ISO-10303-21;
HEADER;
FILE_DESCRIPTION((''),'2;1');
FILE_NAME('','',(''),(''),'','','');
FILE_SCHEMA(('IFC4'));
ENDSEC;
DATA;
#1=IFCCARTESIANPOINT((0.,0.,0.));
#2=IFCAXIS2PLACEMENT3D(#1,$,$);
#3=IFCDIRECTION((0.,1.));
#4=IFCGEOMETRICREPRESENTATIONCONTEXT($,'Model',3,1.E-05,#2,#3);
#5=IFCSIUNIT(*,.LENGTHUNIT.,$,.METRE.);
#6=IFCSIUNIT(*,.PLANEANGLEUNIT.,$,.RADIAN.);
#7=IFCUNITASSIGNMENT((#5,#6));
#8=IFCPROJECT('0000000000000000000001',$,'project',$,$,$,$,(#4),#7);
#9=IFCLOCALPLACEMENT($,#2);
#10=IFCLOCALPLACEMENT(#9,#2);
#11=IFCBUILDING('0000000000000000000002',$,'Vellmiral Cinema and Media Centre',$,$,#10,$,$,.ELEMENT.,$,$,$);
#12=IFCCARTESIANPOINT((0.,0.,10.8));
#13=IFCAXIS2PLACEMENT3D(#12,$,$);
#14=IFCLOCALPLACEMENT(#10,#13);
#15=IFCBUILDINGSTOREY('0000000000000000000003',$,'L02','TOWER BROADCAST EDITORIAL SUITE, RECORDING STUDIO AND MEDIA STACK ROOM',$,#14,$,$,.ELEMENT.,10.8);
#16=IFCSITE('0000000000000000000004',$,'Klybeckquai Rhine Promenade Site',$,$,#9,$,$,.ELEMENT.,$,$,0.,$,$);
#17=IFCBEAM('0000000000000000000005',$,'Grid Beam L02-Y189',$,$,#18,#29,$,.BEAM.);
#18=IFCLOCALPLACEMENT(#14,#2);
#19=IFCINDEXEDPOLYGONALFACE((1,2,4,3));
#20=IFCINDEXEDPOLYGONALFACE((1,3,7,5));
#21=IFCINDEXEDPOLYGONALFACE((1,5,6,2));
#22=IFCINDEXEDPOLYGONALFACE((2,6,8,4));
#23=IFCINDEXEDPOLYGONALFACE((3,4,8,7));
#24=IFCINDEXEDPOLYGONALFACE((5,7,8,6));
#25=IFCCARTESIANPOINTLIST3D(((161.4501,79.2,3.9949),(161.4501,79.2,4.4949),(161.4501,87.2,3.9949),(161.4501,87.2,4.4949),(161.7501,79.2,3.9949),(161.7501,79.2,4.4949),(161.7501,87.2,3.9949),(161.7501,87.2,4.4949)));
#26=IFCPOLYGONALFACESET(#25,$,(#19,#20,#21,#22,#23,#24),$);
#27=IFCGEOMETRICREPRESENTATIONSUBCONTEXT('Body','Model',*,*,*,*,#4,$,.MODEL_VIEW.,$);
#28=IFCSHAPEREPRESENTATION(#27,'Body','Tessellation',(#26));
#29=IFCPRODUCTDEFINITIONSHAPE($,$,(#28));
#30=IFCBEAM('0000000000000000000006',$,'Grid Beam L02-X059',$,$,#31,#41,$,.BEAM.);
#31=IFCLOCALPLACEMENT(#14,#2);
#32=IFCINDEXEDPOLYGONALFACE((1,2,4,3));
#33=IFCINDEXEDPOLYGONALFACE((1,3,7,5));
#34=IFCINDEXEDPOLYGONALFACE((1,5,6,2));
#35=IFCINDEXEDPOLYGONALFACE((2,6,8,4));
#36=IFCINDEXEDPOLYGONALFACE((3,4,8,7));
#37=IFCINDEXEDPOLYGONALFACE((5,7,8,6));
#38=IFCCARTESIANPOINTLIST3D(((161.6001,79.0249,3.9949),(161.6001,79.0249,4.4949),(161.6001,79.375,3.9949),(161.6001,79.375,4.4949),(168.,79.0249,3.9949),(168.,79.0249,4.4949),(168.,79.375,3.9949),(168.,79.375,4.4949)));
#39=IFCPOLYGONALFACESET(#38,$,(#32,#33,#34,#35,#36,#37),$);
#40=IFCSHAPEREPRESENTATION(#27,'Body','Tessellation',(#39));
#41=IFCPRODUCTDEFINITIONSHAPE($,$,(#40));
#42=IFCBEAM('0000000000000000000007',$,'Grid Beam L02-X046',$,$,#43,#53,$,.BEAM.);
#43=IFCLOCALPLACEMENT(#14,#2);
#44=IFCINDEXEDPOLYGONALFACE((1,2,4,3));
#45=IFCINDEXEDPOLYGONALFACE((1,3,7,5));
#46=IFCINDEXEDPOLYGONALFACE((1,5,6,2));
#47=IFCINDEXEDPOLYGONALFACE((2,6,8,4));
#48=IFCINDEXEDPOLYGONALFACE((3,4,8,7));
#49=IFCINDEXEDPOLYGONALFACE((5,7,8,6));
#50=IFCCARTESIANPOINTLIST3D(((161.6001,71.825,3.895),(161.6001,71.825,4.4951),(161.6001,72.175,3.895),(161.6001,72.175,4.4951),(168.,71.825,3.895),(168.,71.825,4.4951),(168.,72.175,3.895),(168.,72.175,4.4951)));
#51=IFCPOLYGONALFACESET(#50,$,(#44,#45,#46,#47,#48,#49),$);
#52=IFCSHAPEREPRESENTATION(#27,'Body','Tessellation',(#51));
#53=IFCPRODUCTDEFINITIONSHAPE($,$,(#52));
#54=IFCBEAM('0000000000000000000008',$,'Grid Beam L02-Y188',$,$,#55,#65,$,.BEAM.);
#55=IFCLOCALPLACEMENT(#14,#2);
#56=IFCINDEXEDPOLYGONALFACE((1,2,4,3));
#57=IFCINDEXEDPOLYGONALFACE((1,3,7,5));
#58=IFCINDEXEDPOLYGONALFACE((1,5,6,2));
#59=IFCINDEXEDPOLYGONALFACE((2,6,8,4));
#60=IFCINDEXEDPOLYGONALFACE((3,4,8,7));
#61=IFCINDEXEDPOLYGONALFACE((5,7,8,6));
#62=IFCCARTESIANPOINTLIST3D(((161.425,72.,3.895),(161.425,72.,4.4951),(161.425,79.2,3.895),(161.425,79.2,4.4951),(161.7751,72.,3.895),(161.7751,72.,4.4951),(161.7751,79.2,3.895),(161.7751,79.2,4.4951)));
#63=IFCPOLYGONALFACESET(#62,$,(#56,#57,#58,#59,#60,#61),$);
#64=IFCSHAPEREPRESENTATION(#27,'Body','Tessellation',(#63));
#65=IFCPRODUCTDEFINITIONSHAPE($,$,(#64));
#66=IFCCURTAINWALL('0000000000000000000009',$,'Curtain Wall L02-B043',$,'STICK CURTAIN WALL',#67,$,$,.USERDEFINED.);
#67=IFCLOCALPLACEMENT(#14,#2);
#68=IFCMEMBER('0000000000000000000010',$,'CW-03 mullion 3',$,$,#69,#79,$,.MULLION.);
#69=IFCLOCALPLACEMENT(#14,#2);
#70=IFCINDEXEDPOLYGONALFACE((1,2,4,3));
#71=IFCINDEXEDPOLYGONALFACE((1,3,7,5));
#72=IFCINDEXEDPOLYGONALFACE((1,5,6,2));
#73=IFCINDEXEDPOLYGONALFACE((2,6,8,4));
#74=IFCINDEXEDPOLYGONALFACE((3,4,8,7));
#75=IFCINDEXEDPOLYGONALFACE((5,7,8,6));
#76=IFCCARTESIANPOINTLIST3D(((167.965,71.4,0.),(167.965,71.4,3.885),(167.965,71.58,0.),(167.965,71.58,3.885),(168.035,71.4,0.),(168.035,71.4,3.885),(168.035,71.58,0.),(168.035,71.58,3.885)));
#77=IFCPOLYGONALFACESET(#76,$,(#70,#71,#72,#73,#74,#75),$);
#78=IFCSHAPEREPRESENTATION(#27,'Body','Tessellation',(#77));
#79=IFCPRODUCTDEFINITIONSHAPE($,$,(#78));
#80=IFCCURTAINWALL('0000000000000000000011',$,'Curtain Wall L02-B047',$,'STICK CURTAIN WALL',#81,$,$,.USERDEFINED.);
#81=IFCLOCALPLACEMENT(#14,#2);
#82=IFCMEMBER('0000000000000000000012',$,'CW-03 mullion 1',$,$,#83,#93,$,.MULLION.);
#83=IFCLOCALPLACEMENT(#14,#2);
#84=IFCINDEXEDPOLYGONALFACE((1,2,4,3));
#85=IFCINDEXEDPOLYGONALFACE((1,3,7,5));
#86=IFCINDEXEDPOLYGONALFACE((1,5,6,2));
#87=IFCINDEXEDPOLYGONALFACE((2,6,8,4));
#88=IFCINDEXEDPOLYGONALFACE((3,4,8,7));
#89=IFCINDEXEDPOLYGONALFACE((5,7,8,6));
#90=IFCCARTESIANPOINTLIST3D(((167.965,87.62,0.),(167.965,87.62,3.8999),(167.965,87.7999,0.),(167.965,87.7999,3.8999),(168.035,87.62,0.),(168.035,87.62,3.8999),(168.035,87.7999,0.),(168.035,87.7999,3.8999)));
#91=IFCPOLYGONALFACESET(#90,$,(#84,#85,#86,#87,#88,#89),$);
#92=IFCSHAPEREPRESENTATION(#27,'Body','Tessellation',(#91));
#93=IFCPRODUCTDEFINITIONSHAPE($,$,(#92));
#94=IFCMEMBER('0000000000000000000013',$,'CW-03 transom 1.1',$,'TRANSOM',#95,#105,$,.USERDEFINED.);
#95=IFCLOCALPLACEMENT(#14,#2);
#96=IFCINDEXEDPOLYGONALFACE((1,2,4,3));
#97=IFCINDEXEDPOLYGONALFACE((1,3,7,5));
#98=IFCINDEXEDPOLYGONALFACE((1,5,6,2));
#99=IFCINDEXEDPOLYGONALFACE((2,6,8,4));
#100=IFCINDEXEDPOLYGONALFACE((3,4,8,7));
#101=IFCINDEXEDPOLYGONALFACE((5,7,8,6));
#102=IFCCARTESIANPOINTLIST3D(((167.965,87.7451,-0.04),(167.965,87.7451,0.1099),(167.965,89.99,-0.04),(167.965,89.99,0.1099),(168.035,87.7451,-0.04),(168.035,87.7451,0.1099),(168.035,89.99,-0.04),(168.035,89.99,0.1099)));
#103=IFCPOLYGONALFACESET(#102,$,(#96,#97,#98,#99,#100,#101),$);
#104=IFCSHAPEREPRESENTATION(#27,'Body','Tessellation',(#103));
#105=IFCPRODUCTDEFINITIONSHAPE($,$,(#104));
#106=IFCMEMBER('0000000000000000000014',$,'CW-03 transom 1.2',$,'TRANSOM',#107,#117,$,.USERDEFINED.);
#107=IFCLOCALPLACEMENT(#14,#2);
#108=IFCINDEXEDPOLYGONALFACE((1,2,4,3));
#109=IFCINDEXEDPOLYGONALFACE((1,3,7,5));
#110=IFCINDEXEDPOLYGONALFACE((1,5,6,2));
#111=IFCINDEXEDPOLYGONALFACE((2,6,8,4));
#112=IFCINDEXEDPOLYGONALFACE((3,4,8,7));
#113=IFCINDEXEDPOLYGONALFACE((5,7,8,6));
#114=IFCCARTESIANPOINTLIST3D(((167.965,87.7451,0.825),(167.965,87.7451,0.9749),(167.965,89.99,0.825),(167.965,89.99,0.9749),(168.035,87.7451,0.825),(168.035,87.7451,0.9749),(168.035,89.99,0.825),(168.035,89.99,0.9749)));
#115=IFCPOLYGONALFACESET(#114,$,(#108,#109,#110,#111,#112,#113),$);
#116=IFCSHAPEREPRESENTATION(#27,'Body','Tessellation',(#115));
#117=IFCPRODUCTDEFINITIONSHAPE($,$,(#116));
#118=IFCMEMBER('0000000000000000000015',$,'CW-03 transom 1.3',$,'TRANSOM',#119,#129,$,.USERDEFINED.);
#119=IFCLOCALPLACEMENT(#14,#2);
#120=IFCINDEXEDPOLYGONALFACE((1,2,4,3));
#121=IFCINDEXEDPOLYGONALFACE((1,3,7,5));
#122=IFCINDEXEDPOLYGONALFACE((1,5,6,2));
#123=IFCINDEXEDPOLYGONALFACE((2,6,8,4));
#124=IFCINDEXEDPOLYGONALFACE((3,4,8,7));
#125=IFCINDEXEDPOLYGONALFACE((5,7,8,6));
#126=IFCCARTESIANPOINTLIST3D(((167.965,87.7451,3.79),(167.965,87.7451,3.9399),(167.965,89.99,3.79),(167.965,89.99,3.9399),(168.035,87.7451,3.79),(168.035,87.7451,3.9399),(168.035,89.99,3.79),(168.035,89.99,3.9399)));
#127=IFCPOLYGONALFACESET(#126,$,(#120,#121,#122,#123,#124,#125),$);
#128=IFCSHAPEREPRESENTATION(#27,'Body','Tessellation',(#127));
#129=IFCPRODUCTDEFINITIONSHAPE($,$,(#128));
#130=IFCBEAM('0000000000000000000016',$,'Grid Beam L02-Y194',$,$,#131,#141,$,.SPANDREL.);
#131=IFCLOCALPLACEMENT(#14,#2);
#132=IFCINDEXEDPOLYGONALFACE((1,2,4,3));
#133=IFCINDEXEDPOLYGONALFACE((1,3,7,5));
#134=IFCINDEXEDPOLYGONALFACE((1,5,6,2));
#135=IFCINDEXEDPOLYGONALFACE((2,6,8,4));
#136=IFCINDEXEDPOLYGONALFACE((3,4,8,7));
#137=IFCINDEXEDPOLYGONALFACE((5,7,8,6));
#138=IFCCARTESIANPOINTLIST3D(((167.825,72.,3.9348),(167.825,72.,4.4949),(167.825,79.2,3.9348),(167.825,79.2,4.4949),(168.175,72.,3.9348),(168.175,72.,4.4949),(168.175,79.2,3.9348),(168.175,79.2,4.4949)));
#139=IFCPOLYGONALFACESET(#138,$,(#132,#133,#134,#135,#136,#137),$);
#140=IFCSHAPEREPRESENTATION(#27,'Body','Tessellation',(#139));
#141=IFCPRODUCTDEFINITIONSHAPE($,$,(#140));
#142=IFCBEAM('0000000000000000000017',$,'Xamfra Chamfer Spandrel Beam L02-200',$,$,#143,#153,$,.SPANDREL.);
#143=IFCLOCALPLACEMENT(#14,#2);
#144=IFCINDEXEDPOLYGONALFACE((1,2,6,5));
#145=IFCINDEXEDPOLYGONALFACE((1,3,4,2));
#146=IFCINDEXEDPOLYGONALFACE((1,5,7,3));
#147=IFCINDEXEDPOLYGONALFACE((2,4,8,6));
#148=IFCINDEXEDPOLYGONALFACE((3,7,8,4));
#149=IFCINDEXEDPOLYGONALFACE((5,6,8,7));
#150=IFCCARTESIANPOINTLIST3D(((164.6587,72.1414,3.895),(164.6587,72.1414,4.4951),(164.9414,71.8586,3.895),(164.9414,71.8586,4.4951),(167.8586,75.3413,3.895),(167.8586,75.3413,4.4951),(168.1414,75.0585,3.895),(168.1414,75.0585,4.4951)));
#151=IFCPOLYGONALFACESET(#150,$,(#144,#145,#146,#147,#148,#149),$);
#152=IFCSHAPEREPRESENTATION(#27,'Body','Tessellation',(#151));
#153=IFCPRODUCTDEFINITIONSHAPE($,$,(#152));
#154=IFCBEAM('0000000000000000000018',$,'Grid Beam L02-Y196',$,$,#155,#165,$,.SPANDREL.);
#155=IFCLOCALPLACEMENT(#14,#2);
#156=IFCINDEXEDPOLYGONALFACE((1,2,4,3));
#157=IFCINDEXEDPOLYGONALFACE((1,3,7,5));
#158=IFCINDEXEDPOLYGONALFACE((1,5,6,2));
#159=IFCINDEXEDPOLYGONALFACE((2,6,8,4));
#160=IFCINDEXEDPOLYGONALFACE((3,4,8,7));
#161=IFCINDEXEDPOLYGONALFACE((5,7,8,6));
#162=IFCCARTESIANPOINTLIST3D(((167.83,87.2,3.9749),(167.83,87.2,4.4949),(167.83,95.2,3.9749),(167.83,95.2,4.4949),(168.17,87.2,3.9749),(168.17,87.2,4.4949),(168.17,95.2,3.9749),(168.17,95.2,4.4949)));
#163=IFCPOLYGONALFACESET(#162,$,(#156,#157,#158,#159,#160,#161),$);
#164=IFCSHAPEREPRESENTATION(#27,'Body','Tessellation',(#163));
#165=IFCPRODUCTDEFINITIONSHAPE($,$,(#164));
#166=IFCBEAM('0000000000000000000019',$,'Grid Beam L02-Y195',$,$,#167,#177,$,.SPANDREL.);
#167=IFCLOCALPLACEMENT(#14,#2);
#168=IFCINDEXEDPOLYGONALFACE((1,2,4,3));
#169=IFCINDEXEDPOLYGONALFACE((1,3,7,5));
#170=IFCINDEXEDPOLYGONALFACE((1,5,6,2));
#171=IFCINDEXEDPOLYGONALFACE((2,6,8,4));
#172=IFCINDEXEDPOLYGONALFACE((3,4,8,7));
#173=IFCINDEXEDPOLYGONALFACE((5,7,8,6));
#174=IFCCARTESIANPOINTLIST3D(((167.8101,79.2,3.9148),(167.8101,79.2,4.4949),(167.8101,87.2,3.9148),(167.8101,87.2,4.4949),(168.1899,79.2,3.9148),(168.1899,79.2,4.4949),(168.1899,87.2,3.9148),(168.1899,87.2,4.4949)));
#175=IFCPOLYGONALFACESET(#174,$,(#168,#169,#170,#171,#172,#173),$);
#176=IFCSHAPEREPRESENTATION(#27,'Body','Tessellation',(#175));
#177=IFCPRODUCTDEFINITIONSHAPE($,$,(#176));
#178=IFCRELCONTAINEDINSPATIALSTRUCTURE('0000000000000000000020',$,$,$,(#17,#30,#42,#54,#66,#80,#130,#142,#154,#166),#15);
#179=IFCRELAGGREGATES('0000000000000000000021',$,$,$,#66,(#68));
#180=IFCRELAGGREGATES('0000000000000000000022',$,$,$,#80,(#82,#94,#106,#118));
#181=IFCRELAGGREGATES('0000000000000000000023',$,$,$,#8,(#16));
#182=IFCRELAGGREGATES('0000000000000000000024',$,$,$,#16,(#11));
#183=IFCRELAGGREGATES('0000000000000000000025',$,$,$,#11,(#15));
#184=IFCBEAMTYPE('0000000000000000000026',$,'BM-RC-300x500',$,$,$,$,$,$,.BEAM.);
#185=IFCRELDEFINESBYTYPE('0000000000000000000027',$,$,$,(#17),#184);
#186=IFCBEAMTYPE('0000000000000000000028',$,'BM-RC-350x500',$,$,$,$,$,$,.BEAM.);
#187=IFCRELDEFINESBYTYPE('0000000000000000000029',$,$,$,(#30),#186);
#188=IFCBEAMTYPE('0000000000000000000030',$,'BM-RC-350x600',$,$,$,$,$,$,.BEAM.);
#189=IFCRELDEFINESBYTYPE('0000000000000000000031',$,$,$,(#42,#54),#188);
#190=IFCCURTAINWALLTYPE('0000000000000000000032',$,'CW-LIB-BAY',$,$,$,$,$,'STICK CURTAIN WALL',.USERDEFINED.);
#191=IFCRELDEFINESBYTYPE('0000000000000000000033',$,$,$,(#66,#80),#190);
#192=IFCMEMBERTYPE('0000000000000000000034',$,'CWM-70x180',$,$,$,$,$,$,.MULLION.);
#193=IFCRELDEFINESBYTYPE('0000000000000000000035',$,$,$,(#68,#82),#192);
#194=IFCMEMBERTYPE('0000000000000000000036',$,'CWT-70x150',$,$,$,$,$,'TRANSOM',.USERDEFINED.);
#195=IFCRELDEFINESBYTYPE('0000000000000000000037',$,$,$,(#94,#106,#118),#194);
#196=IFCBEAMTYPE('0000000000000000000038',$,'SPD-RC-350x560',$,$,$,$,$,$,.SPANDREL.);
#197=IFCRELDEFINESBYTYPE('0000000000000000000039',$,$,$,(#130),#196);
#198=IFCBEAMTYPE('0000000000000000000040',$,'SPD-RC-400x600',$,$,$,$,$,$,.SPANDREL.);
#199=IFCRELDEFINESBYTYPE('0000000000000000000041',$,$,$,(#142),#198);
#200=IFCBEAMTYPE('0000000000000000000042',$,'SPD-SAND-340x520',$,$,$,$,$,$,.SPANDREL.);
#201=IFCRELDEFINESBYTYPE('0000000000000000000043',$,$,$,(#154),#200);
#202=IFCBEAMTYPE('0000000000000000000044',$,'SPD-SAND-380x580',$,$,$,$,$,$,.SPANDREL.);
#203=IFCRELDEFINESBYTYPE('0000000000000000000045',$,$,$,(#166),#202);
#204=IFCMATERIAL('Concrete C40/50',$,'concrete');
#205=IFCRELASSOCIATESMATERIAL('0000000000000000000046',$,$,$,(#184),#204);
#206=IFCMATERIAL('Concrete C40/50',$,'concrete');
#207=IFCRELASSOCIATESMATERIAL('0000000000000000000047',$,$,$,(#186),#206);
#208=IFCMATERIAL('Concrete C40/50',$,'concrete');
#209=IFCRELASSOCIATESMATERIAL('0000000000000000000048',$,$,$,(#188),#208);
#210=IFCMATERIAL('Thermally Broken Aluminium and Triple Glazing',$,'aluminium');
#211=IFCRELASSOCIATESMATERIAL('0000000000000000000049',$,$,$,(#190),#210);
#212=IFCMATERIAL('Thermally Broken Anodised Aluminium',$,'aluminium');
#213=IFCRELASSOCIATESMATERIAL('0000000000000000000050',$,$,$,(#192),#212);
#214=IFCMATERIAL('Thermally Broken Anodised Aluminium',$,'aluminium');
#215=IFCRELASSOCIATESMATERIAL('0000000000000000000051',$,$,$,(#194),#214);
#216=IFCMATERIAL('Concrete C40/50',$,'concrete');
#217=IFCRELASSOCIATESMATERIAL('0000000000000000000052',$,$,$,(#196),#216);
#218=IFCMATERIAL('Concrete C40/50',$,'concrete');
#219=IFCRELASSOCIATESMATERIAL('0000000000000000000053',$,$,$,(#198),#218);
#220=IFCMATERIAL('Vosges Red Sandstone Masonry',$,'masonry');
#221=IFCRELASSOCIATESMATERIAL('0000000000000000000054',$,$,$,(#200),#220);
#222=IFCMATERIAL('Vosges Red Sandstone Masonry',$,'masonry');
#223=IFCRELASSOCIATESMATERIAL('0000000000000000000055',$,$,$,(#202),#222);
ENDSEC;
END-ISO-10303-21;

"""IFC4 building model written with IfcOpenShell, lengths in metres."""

from ifc_helpers import new_model, si_unit, direction, frame, origin, origin_2d, place, context, subcontext, project, spatial, rectangle, extrude, material, material_profile, profile_set, type_object, element, aggregate, save


model = new_model("IFC4")

# Units and contexts
model_context = context("Model", 3, precision=1e-05, world=origin(), true_north=direction((0.0, 1.0)))
body_context = subcontext(model_context, "Body", "Model", "MODEL_VIEW")
ifc_project = project(units=[si_unit("LENGTHUNIT", "METRE"), si_unit("PLANEANGLEUNIT", "RADIAN")], contexts=[model_context])

# Site, building, storey
site_placement = place(None, origin())
site = spatial("IfcSite", under=ifc_project, at=site_placement, Name="Klybeckquai Rhine Promenade Site", CompositionType="ELEMENT", RefElevation=0.0)
building_placement = place(site_placement, origin())
building = spatial("IfcBuilding", under=site, at=building_placement, Name="Vellmiral Cinema and Media Centre", CompositionType="ELEMENT")
storey_placement = place(building_placement, frame((0.0, 0.0, 10.8)))
storey = spatial("IfcBuildingStorey", under=building, at=storey_placement, Name="L02", Description="TOWER BROADCAST EDITORIAL SUITE, RECORDING STUDIO AND MEDIA STACK ROOM", CompositionType="ELEMENT", Elevation=10.8)

# Beams
ifc_material_1 = material(Name="Concrete C40/50", Category="concrete")
ifc_material_profile_1 = material_profile(ifc_material_1, rectangle(XDim=0.3, YDim=0.5, at=origin_2d()), Name="RC 300x500")
ifc_profile_set_1 = profile_set([ifc_material_profile_1], Name="Concrete C40/50")
beam_type_1 = type_object("IfcBeamType", Name="BM-RC-300x500", PredefinedType="BEAM", material=ifc_profile_set_1)
beam_1_placement = place(storey_placement, frame((161.6001, 79.2, 4.2449), z_axis=(0.0, 1.0, 0.0), x_axis=(-1.0, 0.0, 0.0)))
element("IfcBeam", 1, at=beam_1_placement, inside=storey, type_object=beam_type_1, Name="Grid Beam L02-Y189", PredefinedType="BEAM", context=body_context, shape_type="SweptSolid", body=[
    extrude(rectangle(XDim=0.3, YDim=0.5, at=origin_2d()), origin(), (0.0, 0.0, 1.0), 8.0),
])
ifc_material_2 = material(Name="Concrete C40/50", Category="concrete")
ifc_material_profile_2 = material_profile(ifc_material_2, rectangle(XDim=0.3501, YDim=0.5, at=origin_2d()), Name="RC 350x500")
ifc_profile_set_2 = profile_set([ifc_material_profile_2], Name="Concrete C40/50")
beam_type_2 = type_object("IfcBeamType", Name="BM-RC-350x500", PredefinedType="BEAM", material=ifc_profile_set_2)
beam_2_placement = place(storey_placement, frame((161.6001, 79.2, 4.2449), z_axis=(1.0, 0.0, 0.0), x_axis=(0.0, 1.0, 0.0)))
element("IfcBeam", 2, at=beam_2_placement, inside=storey, type_object=beam_type_2, Name="Grid Beam L02-X059", PredefinedType="BEAM", context=body_context, shape_type="SweptSolid", body=[
    extrude(rectangle(XDim=0.3501, YDim=0.5, at=origin_2d()), origin(), (0.0, 0.0, 1.0), 6.3999),
])
ifc_material_3 = material(Name="Concrete C40/50", Category="concrete")
ifc_material_profile_3 = material_profile(ifc_material_3, rectangle(XDim=0.3501, YDim=0.6001, at=origin_2d()), Name="RC 350x600")
ifc_profile_set_3 = profile_set([ifc_material_profile_3], Name="Concrete C40/50")
beam_type_3 = type_object("IfcBeamType", Name="BM-RC-350x600", PredefinedType="BEAM", material=ifc_profile_set_3)
beam_3_placement = place(storey_placement, frame((161.6001, 72.0, 4.1951), z_axis=(1.0, 0.0, 0.0), x_axis=(0.0, 1.0, 0.0)))
element("IfcBeam", 3, at=beam_3_placement, inside=storey, type_object=beam_type_3, Name="Grid Beam L02-X046", PredefinedType="BEAM", context=body_context, shape_type="SweptSolid", body=[
    extrude(rectangle(XDim=0.3501, YDim=0.6001, at=origin_2d()), origin(), (0.0, 0.0, 1.0), 6.3999),
])
beam_4_placement = place(storey_placement, frame((161.6001, 72.0, 4.1951), z_axis=(0.0, 1.0, 0.0), x_axis=(-1.0, 0.0, 0.0)))
element("IfcBeam", 4, at=beam_4_placement, inside=storey, type_object=beam_type_3, Name="Grid Beam L02-Y188", PredefinedType="BEAM", context=body_context, shape_type="SweptSolid", body=[
    extrude(rectangle(XDim=0.3501, YDim=0.6001, at=origin_2d()), origin(), (0.0, 0.0, 1.0), 7.2),
])

# Curtain wall, member
ifc_material_4 = material(Name="Thermally Broken Aluminium and Triple Glazing", Category="aluminium")
curtain_wall_type = type_object("IfcCurtainWallType", Name="CW-LIB-BAY", ElementType="STICK CURTAIN WALL", PredefinedType="USERDEFINED", material=ifc_material_4)
curtain_wall_1_placement = place(storey_placement, origin())
curtain_wall_1 = element("IfcCurtainWall", 5, at=curtain_wall_1_placement, inside=storey, type_object=curtain_wall_type, Name="Curtain Wall L02-B043", ObjectType="STICK CURTAIN WALL", PredefinedType="USERDEFINED")
ifc_material_5 = material(Name="Thermally Broken Anodised Aluminium", Category="aluminium")
ifc_material_profile_4 = material_profile(ifc_material_5, rectangle(XDim=0.0701, YDim=0.1799, at=origin_2d()), Name="MULL 70x180")
ifc_profile_set_4 = profile_set([ifc_material_profile_4], Name="Thermally Broken Anodised Aluminium")
member_type_1 = type_object("IfcMemberType", Name="CWM-70x180", PredefinedType="MULLION", material=ifc_profile_set_4)
member_1_placement = place(storey_placement, frame((168.0, 71.49, 0.0), z_axis=(0.0, 0.0, 1.0), x_axis=(-1.0, 0.0, 0.0)))
member_1 = element("IfcMember", 6, at=member_1_placement, type_object=member_type_1, Name="CW-03 mullion 3", PredefinedType="MULLION", context=body_context, shape_type="SweptSolid", body=[
    extrude(rectangle(XDim=0.0701, YDim=0.1799, at=origin_2d()), origin(), (0.0, 0.0, 1.0), 3.885),
])
aggregate(curtain_wall_1, [member_1])

# Curtain wall, members
curtain_wall_2_placement = place(storey_placement, origin())
curtain_wall_2 = element("IfcCurtainWall", 7, at=curtain_wall_2_placement, inside=storey, type_object=curtain_wall_type, Name="Curtain Wall L02-B047", ObjectType="STICK CURTAIN WALL", PredefinedType="USERDEFINED")
member_2_placement = place(storey_placement, frame((168.0, 87.71, 0.0), z_axis=(0.0, 0.0, 1.0), x_axis=(-1.0, 0.0, 0.0)))
member_2 = element("IfcMember", 8, at=member_2_placement, type_object=member_type_1, Name="CW-03 mullion 1", PredefinedType="MULLION", context=body_context, shape_type="SweptSolid", body=[
    extrude(rectangle(XDim=0.0701, YDim=0.1799, at=origin_2d()), origin(), (0.0, 0.0, 1.0), 3.8999),
])
ifc_material_6 = material(Name="Thermally Broken Anodised Aluminium", Category="aluminium")
ifc_material_profile_5 = material_profile(ifc_material_6, rectangle(XDim=0.0701, YDim=0.1499, at=origin_2d()), Name="MULL 70x150")
ifc_profile_set_5 = profile_set([ifc_material_profile_5], Name="Thermally Broken Anodised Aluminium")
member_type_2 = type_object("IfcMemberType", Name="CWT-70x150", ElementType="TRANSOM", PredefinedType="USERDEFINED", material=ifc_profile_set_5)
member_3_placement = place(storey_placement, frame((168.0, 87.7451, 0.0349), z_axis=(0.0, 1.0, 0.0), x_axis=(-1.0, 0.0, 0.0)))
member_3 = element("IfcMember", 9, at=member_3_placement, type_object=member_type_2, Name="CW-03 transom 1.1", ObjectType="TRANSOM", PredefinedType="USERDEFINED", context=body_context, shape_type="SweptSolid", body=[
    extrude(rectangle(XDim=0.0701, YDim=0.1499, at=origin_2d()), origin(), (0.0, 0.0, 1.0), 2.2449),
])
member_4_placement = place(storey_placement, frame((168.0, 87.7451, 0.8999), z_axis=(0.0, 1.0, 0.0), x_axis=(-1.0, 0.0, 0.0)))
member_4 = element("IfcMember", 10, at=member_4_placement, type_object=member_type_2, Name="CW-03 transom 1.2", ObjectType="TRANSOM", PredefinedType="USERDEFINED", context=body_context, shape_type="SweptSolid", body=[
    extrude(rectangle(XDim=0.0701, YDim=0.1499, at=origin_2d()), origin(), (0.0, 0.0, 1.0), 2.2449),
])
member_5_placement = place(storey_placement, frame((168.0, 87.7451, 3.865), z_axis=(0.0, 1.0, 0.0), x_axis=(-1.0, 0.0, 0.0)))
member_5 = element("IfcMember", 11, at=member_5_placement, type_object=member_type_2, Name="CW-03 transom 1.3", ObjectType="TRANSOM", PredefinedType="USERDEFINED", context=body_context, shape_type="SweptSolid", body=[
    extrude(rectangle(XDim=0.0701, YDim=0.1499, at=origin_2d()), origin(), (0.0, 0.0, 1.0), 2.2449),
])
aggregate(curtain_wall_2, [member_2, member_3, member_4, member_5])

# Beams
ifc_material_7 = material(Name="Concrete C40/50", Category="concrete")
ifc_material_profile_6 = material_profile(ifc_material_7, rectangle(XDim=0.3501, YDim=0.5601, at=origin_2d()), Name="RC 350x560")
ifc_profile_set_6 = profile_set([ifc_material_profile_6], Name="Concrete C40/50")
beam_type_4 = type_object("IfcBeamType", Name="SPD-RC-350x560", PredefinedType="SPANDREL", material=ifc_profile_set_6)
beam_5_placement = place(storey_placement, frame((168.0, 72.0, 4.2148), z_axis=(0.0, 1.0, 0.0), x_axis=(-1.0, 0.0, 0.0)))
element("IfcBeam", 12, at=beam_5_placement, inside=storey, type_object=beam_type_4, Name="Grid Beam L02-Y194", PredefinedType="SPANDREL", context=body_context, shape_type="SweptSolid", body=[
    extrude(rectangle(XDim=0.3501, YDim=0.5601, at=origin_2d()), origin(), (0.0, 0.0, 1.0), 7.2),
])
ifc_material_8 = material(Name="Concrete C40/50", Category="concrete")
ifc_material_profile_7 = material_profile(ifc_material_8, rectangle(XDim=0.3999, YDim=0.6001, at=origin_2d()), Name="RC 400x600")
ifc_profile_set_7 = profile_set([ifc_material_profile_7], Name="Concrete C40/50")
beam_type_5 = type_object("IfcBeamType", Name="SPD-RC-400x600", PredefinedType="SPANDREL", material=ifc_profile_set_7)
beam_6_placement = place(storey_placement, frame((164.8, 72.0, 4.1951), z_axis=(0.707107, 0.707107, 0.0), x_axis=(-0.707107, 0.707107, 0.0)))
element("IfcBeam", 13, at=beam_6_placement, inside=storey, type_object=beam_type_5, Name="Xamfra Chamfer Spandrel Beam L02-200", PredefinedType="SPANDREL", context=body_context, shape_type="SweptSolid", body=[
    extrude(rectangle(XDim=0.3999, YDim=0.6001, at=origin_2d()), origin(), (0.0, 0.0, 1.0), 4.5254),
])
ifc_material_9 = material(Name="Vosges Red Sandstone Masonry", Category="masonry")
ifc_material_profile_8 = material_profile(ifc_material_9, rectangle(XDim=0.3401, YDim=0.52, at=origin_2d()), Name="SAND 340x520")
ifc_profile_set_8 = profile_set([ifc_material_profile_8], Name="Vosges Red Sandstone Masonry")
beam_type_6 = type_object("IfcBeamType", Name="SPD-SAND-340x520", PredefinedType="SPANDREL", material=ifc_profile_set_8)
beam_7_placement = place(storey_placement, frame((168.0, 87.2, 4.2349), z_axis=(0.0, 1.0, 0.0), x_axis=(-1.0, 0.0, 0.0)))
element("IfcBeam", 14, at=beam_7_placement, inside=storey, type_object=beam_type_6, Name="Grid Beam L02-Y196", PredefinedType="SPANDREL", context=body_context, shape_type="SweptSolid", body=[
    extrude(rectangle(XDim=0.3401, YDim=0.52, at=origin_2d()), origin(), (0.0, 0.0, 1.0), 8.0),
])
ifc_material_10 = material(Name="Vosges Red Sandstone Masonry", Category="masonry")
ifc_material_profile_9 = material_profile(ifc_material_10, rectangle(XDim=0.3799, YDim=0.5801, at=origin_2d()), Name="SAND 380x580")
ifc_profile_set_9 = profile_set([ifc_material_profile_9], Name="Vosges Red Sandstone Masonry")
beam_type_7 = type_object("IfcBeamType", Name="SPD-SAND-380x580", PredefinedType="SPANDREL", material=ifc_profile_set_9)
beam_8_placement = place(storey_placement, frame((168.0, 79.2, 4.2048), z_axis=(0.0, 1.0, 0.0), x_axis=(-1.0, 0.0, 0.0)))
element("IfcBeam", 15, at=beam_8_placement, inside=storey, type_object=beam_type_7, Name="Grid Beam L02-Y195", PredefinedType="SPANDREL", context=body_context, shape_type="SweptSolid", body=[
    extrude(rectangle(XDim=0.3799, YDim=0.5801, at=origin_2d()), origin(), (0.0, 0.0, 1.0), 8.0),
])

save(model, "model.ifc")
